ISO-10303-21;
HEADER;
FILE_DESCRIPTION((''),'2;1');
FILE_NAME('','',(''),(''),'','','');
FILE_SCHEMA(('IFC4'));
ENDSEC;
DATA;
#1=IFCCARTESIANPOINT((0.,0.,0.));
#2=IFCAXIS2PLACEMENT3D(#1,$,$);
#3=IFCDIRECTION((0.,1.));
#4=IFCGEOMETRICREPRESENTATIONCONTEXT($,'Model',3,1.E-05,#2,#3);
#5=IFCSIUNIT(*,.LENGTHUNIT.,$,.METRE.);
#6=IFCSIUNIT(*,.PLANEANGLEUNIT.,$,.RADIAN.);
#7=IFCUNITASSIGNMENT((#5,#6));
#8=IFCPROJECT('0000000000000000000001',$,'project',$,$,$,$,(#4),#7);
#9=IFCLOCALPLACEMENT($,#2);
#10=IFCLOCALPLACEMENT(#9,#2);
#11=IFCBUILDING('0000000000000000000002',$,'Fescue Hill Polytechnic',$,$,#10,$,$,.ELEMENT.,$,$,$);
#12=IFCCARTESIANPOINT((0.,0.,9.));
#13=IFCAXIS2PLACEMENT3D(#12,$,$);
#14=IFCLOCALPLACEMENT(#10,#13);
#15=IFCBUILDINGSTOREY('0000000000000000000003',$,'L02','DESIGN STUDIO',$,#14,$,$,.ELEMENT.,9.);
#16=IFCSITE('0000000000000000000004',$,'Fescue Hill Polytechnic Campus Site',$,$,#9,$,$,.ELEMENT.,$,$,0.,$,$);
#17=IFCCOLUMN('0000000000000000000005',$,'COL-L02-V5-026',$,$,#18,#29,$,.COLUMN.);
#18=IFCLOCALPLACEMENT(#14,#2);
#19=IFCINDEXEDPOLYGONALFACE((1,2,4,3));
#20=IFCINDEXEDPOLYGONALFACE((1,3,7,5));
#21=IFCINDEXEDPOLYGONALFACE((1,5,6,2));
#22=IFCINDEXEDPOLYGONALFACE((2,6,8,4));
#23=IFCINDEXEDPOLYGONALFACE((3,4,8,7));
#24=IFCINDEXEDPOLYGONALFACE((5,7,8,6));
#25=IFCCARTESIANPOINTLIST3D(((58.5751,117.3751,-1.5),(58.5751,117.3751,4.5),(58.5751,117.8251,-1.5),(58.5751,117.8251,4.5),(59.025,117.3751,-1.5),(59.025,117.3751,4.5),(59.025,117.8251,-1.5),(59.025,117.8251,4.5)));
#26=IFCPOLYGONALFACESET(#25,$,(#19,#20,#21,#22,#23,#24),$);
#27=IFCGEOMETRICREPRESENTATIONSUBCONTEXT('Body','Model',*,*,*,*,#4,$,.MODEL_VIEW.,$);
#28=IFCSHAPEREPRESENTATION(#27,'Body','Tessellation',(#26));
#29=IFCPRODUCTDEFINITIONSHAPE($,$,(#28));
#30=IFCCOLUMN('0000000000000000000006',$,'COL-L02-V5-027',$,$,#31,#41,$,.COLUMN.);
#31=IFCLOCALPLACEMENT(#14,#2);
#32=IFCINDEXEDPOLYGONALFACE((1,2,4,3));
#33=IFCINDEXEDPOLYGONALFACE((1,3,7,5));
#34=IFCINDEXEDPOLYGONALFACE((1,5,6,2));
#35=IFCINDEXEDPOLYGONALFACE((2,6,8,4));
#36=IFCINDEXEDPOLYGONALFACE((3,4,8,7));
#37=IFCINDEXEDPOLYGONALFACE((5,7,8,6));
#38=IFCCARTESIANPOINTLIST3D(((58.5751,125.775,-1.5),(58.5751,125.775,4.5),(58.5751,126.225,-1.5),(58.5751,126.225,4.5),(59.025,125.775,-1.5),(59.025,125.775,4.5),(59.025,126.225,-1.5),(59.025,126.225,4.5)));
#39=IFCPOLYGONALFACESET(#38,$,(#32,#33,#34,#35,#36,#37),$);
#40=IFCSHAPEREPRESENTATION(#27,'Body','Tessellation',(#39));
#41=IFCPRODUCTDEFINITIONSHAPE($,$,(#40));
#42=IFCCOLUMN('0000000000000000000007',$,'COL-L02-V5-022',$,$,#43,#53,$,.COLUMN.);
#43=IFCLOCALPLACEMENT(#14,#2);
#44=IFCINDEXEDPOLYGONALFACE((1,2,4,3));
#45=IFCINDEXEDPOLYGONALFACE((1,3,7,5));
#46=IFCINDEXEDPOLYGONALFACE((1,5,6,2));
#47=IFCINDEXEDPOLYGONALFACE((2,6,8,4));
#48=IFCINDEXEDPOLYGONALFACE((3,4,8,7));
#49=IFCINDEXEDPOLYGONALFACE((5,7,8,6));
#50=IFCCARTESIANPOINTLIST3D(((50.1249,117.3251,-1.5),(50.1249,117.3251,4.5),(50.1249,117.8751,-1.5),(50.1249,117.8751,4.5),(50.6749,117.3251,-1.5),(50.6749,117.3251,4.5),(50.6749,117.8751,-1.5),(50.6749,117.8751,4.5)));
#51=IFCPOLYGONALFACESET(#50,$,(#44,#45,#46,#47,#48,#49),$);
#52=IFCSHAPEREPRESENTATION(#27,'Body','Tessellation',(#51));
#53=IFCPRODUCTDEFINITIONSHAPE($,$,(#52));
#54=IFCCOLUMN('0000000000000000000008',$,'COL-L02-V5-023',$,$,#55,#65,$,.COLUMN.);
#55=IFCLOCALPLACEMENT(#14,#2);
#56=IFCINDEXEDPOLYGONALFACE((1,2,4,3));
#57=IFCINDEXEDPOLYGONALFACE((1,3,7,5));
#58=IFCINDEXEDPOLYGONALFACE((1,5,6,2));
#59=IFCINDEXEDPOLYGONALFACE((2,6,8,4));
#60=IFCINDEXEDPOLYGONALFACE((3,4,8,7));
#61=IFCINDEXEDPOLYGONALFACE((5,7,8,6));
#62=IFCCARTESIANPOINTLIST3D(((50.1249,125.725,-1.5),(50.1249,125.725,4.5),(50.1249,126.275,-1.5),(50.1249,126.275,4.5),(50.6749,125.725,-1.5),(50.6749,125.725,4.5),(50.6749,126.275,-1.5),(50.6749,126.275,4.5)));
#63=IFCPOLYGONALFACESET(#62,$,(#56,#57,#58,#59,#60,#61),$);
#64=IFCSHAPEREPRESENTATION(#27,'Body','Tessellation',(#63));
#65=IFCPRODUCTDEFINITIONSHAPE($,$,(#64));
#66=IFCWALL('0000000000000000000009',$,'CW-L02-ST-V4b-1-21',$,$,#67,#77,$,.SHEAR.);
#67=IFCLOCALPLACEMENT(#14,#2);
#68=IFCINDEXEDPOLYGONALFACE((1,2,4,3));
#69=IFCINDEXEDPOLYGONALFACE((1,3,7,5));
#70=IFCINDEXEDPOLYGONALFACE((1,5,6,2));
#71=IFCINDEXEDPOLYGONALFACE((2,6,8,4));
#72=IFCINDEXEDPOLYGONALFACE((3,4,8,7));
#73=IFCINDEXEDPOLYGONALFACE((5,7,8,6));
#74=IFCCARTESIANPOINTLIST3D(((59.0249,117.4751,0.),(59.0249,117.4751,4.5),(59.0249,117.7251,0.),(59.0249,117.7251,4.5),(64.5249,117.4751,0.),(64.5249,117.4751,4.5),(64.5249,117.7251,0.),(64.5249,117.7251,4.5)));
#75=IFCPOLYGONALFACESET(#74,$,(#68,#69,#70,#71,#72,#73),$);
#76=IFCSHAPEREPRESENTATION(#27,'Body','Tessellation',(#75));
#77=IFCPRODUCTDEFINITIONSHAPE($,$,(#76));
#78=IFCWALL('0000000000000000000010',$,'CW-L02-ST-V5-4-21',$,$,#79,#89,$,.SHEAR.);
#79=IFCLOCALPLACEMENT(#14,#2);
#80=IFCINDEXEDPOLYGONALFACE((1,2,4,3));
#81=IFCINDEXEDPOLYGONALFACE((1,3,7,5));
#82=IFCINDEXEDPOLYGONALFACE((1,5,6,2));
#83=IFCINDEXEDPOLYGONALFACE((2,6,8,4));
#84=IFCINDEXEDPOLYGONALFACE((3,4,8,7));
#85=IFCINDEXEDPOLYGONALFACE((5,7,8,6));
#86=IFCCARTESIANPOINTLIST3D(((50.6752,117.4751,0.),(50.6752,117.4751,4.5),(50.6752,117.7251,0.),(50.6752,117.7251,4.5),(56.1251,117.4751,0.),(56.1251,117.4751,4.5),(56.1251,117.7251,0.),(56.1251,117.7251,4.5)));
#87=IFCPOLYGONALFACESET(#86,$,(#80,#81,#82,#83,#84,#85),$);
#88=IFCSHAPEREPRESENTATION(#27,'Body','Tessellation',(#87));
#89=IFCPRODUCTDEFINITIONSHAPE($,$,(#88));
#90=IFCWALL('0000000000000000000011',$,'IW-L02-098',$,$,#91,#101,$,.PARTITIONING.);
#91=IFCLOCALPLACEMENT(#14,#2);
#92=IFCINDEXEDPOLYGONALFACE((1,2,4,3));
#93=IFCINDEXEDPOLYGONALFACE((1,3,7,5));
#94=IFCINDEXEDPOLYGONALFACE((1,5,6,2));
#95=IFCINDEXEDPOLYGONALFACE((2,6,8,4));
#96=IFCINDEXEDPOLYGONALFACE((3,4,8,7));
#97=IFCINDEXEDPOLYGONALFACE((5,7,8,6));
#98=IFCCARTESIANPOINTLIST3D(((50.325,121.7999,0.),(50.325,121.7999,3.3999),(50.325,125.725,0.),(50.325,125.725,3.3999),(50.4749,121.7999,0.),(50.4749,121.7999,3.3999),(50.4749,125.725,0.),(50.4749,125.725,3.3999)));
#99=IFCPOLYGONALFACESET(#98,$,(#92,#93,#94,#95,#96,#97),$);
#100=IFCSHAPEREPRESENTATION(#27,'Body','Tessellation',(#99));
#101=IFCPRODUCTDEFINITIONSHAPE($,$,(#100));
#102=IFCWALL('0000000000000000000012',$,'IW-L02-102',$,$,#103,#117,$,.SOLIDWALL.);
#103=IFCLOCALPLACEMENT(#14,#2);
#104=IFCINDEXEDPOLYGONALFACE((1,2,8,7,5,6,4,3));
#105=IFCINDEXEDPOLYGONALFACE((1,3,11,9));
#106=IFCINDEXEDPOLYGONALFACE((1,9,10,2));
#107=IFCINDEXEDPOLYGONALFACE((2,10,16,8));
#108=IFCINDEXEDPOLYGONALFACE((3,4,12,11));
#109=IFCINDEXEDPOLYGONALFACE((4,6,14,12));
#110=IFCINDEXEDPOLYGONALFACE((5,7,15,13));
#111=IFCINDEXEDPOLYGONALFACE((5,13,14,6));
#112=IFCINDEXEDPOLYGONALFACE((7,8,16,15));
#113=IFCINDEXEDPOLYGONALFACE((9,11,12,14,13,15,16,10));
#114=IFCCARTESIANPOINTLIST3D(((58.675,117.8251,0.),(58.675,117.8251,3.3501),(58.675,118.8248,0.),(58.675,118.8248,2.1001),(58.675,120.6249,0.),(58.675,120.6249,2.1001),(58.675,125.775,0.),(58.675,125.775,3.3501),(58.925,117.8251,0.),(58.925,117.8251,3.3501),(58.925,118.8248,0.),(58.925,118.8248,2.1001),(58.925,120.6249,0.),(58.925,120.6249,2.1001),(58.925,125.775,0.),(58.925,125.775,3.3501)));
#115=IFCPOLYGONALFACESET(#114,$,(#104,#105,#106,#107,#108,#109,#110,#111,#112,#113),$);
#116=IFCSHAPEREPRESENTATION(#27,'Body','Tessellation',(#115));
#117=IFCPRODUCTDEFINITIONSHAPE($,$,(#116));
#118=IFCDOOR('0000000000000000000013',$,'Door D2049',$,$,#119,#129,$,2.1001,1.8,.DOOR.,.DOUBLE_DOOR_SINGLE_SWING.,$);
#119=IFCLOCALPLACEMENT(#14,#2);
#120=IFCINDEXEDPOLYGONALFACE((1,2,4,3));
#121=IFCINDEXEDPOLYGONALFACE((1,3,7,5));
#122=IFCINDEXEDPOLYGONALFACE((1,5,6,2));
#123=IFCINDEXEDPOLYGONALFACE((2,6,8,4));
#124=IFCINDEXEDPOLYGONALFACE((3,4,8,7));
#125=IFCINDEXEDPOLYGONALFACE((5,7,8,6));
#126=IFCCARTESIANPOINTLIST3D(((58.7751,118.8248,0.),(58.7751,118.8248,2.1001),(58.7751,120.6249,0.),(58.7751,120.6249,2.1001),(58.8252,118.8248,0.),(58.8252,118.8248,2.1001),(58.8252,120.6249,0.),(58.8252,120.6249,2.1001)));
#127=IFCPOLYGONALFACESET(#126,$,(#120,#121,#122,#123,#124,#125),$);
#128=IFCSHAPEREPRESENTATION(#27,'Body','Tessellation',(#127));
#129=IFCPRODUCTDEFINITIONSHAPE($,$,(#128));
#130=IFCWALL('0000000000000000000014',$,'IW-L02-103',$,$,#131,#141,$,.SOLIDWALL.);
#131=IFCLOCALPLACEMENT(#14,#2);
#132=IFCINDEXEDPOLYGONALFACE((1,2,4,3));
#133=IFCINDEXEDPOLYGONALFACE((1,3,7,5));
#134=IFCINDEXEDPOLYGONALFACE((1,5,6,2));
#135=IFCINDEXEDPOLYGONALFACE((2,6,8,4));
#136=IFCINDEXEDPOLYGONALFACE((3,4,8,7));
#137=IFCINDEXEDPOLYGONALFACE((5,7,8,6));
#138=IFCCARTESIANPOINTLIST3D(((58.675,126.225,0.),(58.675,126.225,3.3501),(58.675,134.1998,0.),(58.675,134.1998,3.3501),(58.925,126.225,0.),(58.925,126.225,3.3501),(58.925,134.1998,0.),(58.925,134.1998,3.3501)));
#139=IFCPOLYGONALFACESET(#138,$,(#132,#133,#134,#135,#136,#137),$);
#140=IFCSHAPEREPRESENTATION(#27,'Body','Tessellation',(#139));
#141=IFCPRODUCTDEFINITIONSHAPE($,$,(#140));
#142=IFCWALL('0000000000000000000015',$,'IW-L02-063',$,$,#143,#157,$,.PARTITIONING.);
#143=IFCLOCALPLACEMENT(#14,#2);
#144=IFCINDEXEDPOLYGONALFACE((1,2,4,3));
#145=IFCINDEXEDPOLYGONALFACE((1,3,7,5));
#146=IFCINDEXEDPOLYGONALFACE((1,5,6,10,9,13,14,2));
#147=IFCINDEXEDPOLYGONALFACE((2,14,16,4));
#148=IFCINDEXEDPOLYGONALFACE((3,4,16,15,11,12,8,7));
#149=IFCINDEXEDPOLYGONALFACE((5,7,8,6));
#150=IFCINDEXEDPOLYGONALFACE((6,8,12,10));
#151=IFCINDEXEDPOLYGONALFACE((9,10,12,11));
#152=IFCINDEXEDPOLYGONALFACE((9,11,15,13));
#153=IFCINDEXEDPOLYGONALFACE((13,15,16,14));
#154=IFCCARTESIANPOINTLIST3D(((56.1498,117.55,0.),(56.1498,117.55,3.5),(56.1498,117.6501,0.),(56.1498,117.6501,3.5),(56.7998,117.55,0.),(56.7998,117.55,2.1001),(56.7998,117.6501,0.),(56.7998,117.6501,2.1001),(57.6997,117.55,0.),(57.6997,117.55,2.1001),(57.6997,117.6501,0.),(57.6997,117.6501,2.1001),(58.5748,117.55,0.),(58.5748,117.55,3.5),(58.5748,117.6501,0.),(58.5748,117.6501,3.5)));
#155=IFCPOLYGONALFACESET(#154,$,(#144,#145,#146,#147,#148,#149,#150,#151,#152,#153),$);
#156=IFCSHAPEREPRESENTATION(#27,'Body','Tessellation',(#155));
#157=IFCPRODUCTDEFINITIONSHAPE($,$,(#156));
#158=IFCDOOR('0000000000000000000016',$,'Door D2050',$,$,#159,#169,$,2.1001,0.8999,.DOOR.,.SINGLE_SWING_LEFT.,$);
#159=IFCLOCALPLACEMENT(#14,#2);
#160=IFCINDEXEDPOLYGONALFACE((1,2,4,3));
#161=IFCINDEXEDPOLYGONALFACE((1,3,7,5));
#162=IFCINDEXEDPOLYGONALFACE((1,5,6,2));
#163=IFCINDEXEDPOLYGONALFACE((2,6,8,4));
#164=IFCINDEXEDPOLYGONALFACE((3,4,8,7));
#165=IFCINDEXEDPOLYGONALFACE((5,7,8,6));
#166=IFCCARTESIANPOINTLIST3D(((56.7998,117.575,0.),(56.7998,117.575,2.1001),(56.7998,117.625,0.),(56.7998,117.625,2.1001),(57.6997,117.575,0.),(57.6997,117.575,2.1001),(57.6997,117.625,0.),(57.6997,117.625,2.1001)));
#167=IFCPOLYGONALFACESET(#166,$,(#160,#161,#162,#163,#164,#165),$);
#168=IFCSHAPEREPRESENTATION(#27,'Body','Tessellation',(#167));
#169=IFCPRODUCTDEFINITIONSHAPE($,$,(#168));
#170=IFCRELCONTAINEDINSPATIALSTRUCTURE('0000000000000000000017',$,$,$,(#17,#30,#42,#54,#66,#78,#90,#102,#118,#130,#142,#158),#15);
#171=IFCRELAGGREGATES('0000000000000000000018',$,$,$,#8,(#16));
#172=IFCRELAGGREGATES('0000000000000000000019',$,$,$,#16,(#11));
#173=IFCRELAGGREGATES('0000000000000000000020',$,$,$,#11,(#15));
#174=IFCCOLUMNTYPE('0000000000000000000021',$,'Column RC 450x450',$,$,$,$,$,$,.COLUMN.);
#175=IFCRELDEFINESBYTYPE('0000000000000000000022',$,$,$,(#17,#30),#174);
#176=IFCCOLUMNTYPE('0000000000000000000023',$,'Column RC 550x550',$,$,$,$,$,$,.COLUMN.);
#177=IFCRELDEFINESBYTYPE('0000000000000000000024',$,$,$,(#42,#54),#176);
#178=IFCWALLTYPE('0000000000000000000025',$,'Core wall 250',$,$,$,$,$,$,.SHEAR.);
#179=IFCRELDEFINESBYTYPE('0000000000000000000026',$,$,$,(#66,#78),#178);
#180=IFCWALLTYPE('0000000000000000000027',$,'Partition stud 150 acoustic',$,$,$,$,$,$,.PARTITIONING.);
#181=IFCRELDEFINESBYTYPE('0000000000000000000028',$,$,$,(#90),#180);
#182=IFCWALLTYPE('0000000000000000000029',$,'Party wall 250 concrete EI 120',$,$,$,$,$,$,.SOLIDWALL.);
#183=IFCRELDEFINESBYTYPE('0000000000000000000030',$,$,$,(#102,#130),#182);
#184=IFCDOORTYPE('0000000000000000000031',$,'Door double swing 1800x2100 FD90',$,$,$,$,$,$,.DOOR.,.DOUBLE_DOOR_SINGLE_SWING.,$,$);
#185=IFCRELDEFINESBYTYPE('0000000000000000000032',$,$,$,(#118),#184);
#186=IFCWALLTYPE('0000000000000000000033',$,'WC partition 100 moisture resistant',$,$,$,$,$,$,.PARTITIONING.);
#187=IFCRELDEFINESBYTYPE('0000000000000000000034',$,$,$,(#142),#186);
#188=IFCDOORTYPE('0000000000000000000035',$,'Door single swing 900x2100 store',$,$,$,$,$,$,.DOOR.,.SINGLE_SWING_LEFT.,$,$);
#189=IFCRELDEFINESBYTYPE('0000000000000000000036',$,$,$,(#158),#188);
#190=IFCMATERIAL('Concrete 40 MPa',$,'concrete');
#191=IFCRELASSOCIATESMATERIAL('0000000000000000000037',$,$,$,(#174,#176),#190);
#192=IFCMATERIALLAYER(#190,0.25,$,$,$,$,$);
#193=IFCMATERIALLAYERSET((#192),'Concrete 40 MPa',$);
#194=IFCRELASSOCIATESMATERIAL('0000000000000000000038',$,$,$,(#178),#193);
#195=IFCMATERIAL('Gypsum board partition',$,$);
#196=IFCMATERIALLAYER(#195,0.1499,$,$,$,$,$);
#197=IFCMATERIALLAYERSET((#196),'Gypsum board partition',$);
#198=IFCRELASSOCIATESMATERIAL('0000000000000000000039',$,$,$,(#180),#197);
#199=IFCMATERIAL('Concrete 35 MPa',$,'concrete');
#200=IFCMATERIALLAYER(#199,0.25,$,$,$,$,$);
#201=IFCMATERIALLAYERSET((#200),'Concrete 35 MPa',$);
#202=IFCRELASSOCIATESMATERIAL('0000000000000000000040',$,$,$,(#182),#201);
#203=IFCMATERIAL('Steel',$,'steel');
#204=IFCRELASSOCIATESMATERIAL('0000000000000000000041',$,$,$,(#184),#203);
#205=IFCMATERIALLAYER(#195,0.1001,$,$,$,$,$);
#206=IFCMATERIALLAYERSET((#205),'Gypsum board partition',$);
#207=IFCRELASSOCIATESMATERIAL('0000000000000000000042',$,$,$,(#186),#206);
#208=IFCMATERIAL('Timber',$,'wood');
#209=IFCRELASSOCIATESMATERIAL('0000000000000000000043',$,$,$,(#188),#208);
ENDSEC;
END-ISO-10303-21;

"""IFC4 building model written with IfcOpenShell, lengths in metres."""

from ifc_helpers import new_model, si_unit, direction, frame, frame_2d, origin, origin_2d, place, context, subcontext, project, spatial, rectangle, extrude, material, layer, layer_set, material_profile, profile_set, type_object, element, fill, save


model = new_model("IFC4")

# Units and contexts
model_context = context("Model", 3, precision=1e-05, world=origin(), true_north=direction((0.0, 1.0)))
body_context = subcontext(model_context, "Body", "Model", "MODEL_VIEW")
ifc_project = project(units=[si_unit("LENGTHUNIT", "METRE"), si_unit("PLANEANGLEUNIT", "RADIAN")], contexts=[model_context])

# Site, building, storey
site_placement = place(None, origin())
site = spatial("IfcSite", under=ifc_project, at=site_placement, Name="Fescue Hill Polytechnic Campus Site", CompositionType="ELEMENT", RefElevation=0.0)
building_placement = place(site_placement, origin())
building = spatial("IfcBuilding", under=site, at=building_placement, Name="Fescue Hill Polytechnic", CompositionType="ELEMENT")
storey_placement = place(building_placement, frame((0.0, 0.0, 9.0)))
storey = spatial("IfcBuildingStorey", under=building, at=storey_placement, Name="L02", Description="DESIGN STUDIO", CompositionType="ELEMENT", Elevation=9.0)

# Columns
ifc_material_1 = material(Name="Concrete 40 MPa", Category="concrete")
ifc_material_profile_1 = material_profile(ifc_material_1, rectangle(XDim=0.45, YDim=0.45, at=origin_2d()), Name="RC 450x450")
ifc_profile_set_1 = profile_set([ifc_material_profile_1], Name="Concrete 40 MPa")
column_type_1 = type_object("IfcColumnType", Name="Column RC 450x450", PredefinedType="COLUMN", material=ifc_profile_set_1)
for number, where, z_axis, x_axis, name in (
    (1, (58.8, 117.6001, -1.5), (0.0, 0.0, 1.0), (1.0, 0.0, 0.0), "COL-L02-V5-026"),
    (2, (58.8, 126.0, -1.5), (0.0, 0.0, 1.0), (1.0, 0.0, 0.0), "COL-L02-V5-027"),
):
    element("IfcColumn", number, at=place(storey_placement, frame(where, z_axis=z_axis, x_axis=x_axis)), inside=storey, type_object=column_type_1, Name=name, PredefinedType="COLUMN", context=body_context, shape_type="SweptSolid", body=[
        extrude(rectangle(XDim=0.45, YDim=0.45, at=origin_2d()), origin(), (0.0, 0.0, 1.0), 6.0),
    ])
ifc_material_profile_2 = material_profile(ifc_material_1, rectangle(XDim=0.55, YDim=0.55, at=origin_2d()), Name="RC 550x550")
ifc_profile_set_2 = profile_set([ifc_material_profile_2], Name="Concrete 40 MPa")
column_type_2 = type_object("IfcColumnType", Name="Column RC 550x550", PredefinedType="COLUMN", material=ifc_profile_set_2)
for number, where, z_axis, x_axis, name in (
    (3, (50.3999, 117.6001, -1.5), (0.0, 0.0, 1.0), (1.0, 0.0, 0.0), "COL-L02-V5-022"),
    (4, (50.3999, 126.0, -1.5), (0.0, 0.0, 1.0), (1.0, 0.0, 0.0), "COL-L02-V5-023"),
):
    element("IfcColumn", number, at=place(storey_placement, frame(where, z_axis=z_axis, x_axis=x_axis)), inside=storey, type_object=column_type_2, Name=name, PredefinedType="COLUMN", context=body_context, shape_type="SweptSolid", body=[
        extrude(rectangle(XDim=0.55, YDim=0.55, at=origin_2d()), origin(), (0.0, 0.0, 1.0), 6.0),
    ])

# Walls
ifc_layer_1 = layer(ifc_material_1, 0.25)
ifc_layer_set_1 = layer_set([ifc_layer_1], Name="Concrete 40 MPa")
wall_type_1 = type_object("IfcWallType", Name="Core wall 250", PredefinedType="SHEAR", material=ifc_layer_set_1)
wall_1_placement = place(storey_placement, frame((59.0249, 117.6001, 0.0), z_axis=(0.0, 0.0, 1.0), x_axis=(1.0, 0.0, 0.0)))
element("IfcWall", 5, at=wall_1_placement, inside=storey, type_object=wall_type_1, Name="CW-L02-ST-V4b-1-21", PredefinedType="SHEAR", context=body_context, shape_type="SweptSolid", body=[
    extrude(rectangle(XDim=5.5, YDim=0.25, at=frame_2d((2.75, 0.0))), origin(), (0.0, 0.0, 1.0), 4.5),
])
wall_2_placement = place(storey_placement, frame((50.675, 117.6001, 0.0), z_axis=(0.0, 0.0, 1.0), x_axis=(1.0, 0.0, 0.0)))
element("IfcWall", 6, at=wall_2_placement, inside=storey, type_object=wall_type_1, Name="CW-L02-ST-V5-4-21", PredefinedType="SHEAR", context=body_context, shape_type="SweptSolid", body=[
    extrude(rectangle(XDim=5.45, YDim=0.25, at=frame_2d((2.7251, 0.0))), origin(), (0.0, 0.0, 1.0), 4.5),
])
ifc_material_2 = material(Name="Gypsum board partition")
ifc_layer_2 = layer(ifc_material_2, 0.1499)
ifc_layer_set_2 = layer_set([ifc_layer_2], Name="Gypsum board partition")
wall_type_2 = type_object("IfcWallType", Name="Partition stud 150 acoustic", PredefinedType="PARTITIONING", material=ifc_layer_set_2)
wall_3_placement = place(storey_placement, frame((50.3999, 121.8, 0.0), z_axis=(0.0, 0.0, 1.0), x_axis=(0.0, 1.0, 0.0)))
element("IfcWall", 7, at=wall_3_placement, inside=storey, type_object=wall_type_2, Name="IW-L02-098", PredefinedType="PARTITIONING", context=body_context, shape_type="SweptSolid", body=[
    extrude(rectangle(XDim=3.925, YDim=0.1499, at=frame_2d((1.9624, 0.0))), origin(), (0.0, 0.0, 1.0), 3.3999),
])

# Wall, opening, door
ifc_material_3 = material(Name="Concrete 35 MPa", Category="concrete")
ifc_layer_3 = layer(ifc_material_3, 0.25)
ifc_layer_set_3 = layer_set([ifc_layer_3], Name="Concrete 35 MPa")
wall_type_3 = type_object("IfcWallType", Name="Party wall 250 concrete EI 120", PredefinedType="SOLIDWALL", material=ifc_layer_set_3)
wall_4_placement = place(storey_placement, frame((58.8, 117.825, 0.0), z_axis=(0.0, 0.0, 1.0), x_axis=(0.0, 1.0, 0.0)))
wall_4 = element("IfcWall", 8, at=wall_4_placement, inside=storey, type_object=wall_type_3, Name="IW-L02-102", PredefinedType="SOLIDWALL", context=body_context, shape_type="SweptSolid", body=[
    extrude(rectangle(XDim=7.95, YDim=0.25, at=frame_2d((3.9751, 0.0))), origin(), (0.0, 0.0, 1.0), 3.3501),
])
opening_1_placement = place(wall_4_placement, frame((1.0, 0.0, 0.0)))
opening_1 = element("IfcOpeningElement", 9, at=opening_1_placement, cuts=wall_4, PredefinedType="OPENING", context=body_context, shape_type="SweptSolid", body=[
    extrude(rectangle(XDim=1.8, YDim=2.1001, at=frame_2d((0.8999, 1.05))), frame((0.0, 0.135, 0.0), z_axis=(0.0, -1.0, 0.0), x_axis=(1.0, 0.0, 0.0)), (0.0, 0.0, 1.0), 0.27),
])
ifc_material_4 = material(Name="Steel", Category="steel")
door_type_1 = type_object("IfcDoorType", Name="Door double swing 1800x2100 FD90", OperationType="DOUBLE_DOOR_SINGLE_SWING", PredefinedType="DOOR", material=ifc_material_4)
door_1_placement = place(opening_1_placement, origin())
door_1 = element("IfcDoor", 10, at=door_1_placement, inside=storey, type_object=door_type_1, Name="Door D2049", OperationType="DOUBLE_DOOR_SINGLE_SWING", OverallHeight=2.1001, OverallWidth=1.8, PredefinedType="DOOR", context=body_context, shape_type="SweptSolid", body=[
    extrude(rectangle(XDim=1.8, YDim=2.1001, at=frame_2d((0.8999, 1.05))), frame((0.0, 0.0249, 0.0), z_axis=(0.0, -1.0, 0.0), x_axis=(1.0, 0.0, 0.0)), (0.0, 0.0, 1.0), 0.05),
])
fill(opening_1, door_1)

# Wall
wall_5_placement = place(storey_placement, frame((58.8, 126.2251, 0.0), z_axis=(0.0, 0.0, 1.0), x_axis=(0.0, 1.0, 0.0)))
element("IfcWall", 11, at=wall_5_placement, inside=storey, type_object=wall_type_3, Name="IW-L02-103", PredefinedType="SOLIDWALL", context=body_context, shape_type="SweptSolid", body=[
    extrude(rectangle(XDim=7.9749, YDim=0.25, at=frame_2d((3.9873, 0.0))), origin(), (0.0, 0.0, 1.0), 3.3501),
])

# Wall, opening, door
ifc_layer_4 = layer(ifc_material_2, 0.1001)
ifc_layer_set_4 = layer_set([ifc_layer_4], Name="Gypsum board partition")
wall_type_4 = type_object("IfcWallType", Name="WC partition 100 moisture resistant", PredefinedType="PARTITIONING", material=ifc_layer_set_4)
wall_6_placement = place(storey_placement, frame((56.1499, 117.6001, 0.0), z_axis=(0.0, 0.0, 1.0), x_axis=(1.0, 0.0, 0.0)))
wall_6 = element("IfcWall", 12, at=wall_6_placement, inside=storey, type_object=wall_type_4, Name="IW-L02-063", PredefinedType="PARTITIONING", context=body_context, shape_type="SweptSolid", body=[
    extrude(rectangle(XDim=2.425, YDim=0.1001, at=frame_2d((1.2124, 0.0))), origin(), (0.0, 0.0, 1.0), 3.5),
])
opening_2_placement = place(wall_6_placement, frame((0.6499, 0.0, 0.0)))
opening_2 = element("IfcOpeningElement", 13, at=opening_2_placement, cuts=wall_6, PredefinedType="OPENING", context=body_context, shape_type="SweptSolid", body=[
    extrude(rectangle(XDim=0.8999, YDim=2.1001, at=frame_2d((0.45, 1.05))), frame((0.0, 0.0601, 0.0), z_axis=(0.0, -1.0, 0.0), x_axis=(1.0, 0.0, 0.0)), (0.0, 0.0, 1.0), 0.1201),
])
ifc_material_5 = material(Name="Timber", Category="wood")
door_type_2 = type_object("IfcDoorType", Name="Door single swing 900x2100 store", OperationType="SINGLE_SWING_LEFT", PredefinedType="DOOR", material=ifc_material_5)
door_2_placement = place(opening_2_placement, origin())
door_2 = element("IfcDoor", 14, at=door_2_placement, inside=storey, type_object=door_type_2, Name="Door D2050", OperationType="SINGLE_SWING_LEFT", OverallHeight=2.1001, OverallWidth=0.8999, PredefinedType="DOOR", context=body_context, shape_type="SweptSolid", body=[
    extrude(rectangle(XDim=0.8999, YDim=2.1001, at=frame_2d((0.45, 1.05))), frame((0.0, 0.0249, 0.0), z_axis=(0.0, -1.0, 0.0), x_axis=(1.0, 0.0, 0.0)), (0.0, 0.0, 1.0), 0.05),
])
fill(opening_2, door_2)

save(model, "model.ifc")
